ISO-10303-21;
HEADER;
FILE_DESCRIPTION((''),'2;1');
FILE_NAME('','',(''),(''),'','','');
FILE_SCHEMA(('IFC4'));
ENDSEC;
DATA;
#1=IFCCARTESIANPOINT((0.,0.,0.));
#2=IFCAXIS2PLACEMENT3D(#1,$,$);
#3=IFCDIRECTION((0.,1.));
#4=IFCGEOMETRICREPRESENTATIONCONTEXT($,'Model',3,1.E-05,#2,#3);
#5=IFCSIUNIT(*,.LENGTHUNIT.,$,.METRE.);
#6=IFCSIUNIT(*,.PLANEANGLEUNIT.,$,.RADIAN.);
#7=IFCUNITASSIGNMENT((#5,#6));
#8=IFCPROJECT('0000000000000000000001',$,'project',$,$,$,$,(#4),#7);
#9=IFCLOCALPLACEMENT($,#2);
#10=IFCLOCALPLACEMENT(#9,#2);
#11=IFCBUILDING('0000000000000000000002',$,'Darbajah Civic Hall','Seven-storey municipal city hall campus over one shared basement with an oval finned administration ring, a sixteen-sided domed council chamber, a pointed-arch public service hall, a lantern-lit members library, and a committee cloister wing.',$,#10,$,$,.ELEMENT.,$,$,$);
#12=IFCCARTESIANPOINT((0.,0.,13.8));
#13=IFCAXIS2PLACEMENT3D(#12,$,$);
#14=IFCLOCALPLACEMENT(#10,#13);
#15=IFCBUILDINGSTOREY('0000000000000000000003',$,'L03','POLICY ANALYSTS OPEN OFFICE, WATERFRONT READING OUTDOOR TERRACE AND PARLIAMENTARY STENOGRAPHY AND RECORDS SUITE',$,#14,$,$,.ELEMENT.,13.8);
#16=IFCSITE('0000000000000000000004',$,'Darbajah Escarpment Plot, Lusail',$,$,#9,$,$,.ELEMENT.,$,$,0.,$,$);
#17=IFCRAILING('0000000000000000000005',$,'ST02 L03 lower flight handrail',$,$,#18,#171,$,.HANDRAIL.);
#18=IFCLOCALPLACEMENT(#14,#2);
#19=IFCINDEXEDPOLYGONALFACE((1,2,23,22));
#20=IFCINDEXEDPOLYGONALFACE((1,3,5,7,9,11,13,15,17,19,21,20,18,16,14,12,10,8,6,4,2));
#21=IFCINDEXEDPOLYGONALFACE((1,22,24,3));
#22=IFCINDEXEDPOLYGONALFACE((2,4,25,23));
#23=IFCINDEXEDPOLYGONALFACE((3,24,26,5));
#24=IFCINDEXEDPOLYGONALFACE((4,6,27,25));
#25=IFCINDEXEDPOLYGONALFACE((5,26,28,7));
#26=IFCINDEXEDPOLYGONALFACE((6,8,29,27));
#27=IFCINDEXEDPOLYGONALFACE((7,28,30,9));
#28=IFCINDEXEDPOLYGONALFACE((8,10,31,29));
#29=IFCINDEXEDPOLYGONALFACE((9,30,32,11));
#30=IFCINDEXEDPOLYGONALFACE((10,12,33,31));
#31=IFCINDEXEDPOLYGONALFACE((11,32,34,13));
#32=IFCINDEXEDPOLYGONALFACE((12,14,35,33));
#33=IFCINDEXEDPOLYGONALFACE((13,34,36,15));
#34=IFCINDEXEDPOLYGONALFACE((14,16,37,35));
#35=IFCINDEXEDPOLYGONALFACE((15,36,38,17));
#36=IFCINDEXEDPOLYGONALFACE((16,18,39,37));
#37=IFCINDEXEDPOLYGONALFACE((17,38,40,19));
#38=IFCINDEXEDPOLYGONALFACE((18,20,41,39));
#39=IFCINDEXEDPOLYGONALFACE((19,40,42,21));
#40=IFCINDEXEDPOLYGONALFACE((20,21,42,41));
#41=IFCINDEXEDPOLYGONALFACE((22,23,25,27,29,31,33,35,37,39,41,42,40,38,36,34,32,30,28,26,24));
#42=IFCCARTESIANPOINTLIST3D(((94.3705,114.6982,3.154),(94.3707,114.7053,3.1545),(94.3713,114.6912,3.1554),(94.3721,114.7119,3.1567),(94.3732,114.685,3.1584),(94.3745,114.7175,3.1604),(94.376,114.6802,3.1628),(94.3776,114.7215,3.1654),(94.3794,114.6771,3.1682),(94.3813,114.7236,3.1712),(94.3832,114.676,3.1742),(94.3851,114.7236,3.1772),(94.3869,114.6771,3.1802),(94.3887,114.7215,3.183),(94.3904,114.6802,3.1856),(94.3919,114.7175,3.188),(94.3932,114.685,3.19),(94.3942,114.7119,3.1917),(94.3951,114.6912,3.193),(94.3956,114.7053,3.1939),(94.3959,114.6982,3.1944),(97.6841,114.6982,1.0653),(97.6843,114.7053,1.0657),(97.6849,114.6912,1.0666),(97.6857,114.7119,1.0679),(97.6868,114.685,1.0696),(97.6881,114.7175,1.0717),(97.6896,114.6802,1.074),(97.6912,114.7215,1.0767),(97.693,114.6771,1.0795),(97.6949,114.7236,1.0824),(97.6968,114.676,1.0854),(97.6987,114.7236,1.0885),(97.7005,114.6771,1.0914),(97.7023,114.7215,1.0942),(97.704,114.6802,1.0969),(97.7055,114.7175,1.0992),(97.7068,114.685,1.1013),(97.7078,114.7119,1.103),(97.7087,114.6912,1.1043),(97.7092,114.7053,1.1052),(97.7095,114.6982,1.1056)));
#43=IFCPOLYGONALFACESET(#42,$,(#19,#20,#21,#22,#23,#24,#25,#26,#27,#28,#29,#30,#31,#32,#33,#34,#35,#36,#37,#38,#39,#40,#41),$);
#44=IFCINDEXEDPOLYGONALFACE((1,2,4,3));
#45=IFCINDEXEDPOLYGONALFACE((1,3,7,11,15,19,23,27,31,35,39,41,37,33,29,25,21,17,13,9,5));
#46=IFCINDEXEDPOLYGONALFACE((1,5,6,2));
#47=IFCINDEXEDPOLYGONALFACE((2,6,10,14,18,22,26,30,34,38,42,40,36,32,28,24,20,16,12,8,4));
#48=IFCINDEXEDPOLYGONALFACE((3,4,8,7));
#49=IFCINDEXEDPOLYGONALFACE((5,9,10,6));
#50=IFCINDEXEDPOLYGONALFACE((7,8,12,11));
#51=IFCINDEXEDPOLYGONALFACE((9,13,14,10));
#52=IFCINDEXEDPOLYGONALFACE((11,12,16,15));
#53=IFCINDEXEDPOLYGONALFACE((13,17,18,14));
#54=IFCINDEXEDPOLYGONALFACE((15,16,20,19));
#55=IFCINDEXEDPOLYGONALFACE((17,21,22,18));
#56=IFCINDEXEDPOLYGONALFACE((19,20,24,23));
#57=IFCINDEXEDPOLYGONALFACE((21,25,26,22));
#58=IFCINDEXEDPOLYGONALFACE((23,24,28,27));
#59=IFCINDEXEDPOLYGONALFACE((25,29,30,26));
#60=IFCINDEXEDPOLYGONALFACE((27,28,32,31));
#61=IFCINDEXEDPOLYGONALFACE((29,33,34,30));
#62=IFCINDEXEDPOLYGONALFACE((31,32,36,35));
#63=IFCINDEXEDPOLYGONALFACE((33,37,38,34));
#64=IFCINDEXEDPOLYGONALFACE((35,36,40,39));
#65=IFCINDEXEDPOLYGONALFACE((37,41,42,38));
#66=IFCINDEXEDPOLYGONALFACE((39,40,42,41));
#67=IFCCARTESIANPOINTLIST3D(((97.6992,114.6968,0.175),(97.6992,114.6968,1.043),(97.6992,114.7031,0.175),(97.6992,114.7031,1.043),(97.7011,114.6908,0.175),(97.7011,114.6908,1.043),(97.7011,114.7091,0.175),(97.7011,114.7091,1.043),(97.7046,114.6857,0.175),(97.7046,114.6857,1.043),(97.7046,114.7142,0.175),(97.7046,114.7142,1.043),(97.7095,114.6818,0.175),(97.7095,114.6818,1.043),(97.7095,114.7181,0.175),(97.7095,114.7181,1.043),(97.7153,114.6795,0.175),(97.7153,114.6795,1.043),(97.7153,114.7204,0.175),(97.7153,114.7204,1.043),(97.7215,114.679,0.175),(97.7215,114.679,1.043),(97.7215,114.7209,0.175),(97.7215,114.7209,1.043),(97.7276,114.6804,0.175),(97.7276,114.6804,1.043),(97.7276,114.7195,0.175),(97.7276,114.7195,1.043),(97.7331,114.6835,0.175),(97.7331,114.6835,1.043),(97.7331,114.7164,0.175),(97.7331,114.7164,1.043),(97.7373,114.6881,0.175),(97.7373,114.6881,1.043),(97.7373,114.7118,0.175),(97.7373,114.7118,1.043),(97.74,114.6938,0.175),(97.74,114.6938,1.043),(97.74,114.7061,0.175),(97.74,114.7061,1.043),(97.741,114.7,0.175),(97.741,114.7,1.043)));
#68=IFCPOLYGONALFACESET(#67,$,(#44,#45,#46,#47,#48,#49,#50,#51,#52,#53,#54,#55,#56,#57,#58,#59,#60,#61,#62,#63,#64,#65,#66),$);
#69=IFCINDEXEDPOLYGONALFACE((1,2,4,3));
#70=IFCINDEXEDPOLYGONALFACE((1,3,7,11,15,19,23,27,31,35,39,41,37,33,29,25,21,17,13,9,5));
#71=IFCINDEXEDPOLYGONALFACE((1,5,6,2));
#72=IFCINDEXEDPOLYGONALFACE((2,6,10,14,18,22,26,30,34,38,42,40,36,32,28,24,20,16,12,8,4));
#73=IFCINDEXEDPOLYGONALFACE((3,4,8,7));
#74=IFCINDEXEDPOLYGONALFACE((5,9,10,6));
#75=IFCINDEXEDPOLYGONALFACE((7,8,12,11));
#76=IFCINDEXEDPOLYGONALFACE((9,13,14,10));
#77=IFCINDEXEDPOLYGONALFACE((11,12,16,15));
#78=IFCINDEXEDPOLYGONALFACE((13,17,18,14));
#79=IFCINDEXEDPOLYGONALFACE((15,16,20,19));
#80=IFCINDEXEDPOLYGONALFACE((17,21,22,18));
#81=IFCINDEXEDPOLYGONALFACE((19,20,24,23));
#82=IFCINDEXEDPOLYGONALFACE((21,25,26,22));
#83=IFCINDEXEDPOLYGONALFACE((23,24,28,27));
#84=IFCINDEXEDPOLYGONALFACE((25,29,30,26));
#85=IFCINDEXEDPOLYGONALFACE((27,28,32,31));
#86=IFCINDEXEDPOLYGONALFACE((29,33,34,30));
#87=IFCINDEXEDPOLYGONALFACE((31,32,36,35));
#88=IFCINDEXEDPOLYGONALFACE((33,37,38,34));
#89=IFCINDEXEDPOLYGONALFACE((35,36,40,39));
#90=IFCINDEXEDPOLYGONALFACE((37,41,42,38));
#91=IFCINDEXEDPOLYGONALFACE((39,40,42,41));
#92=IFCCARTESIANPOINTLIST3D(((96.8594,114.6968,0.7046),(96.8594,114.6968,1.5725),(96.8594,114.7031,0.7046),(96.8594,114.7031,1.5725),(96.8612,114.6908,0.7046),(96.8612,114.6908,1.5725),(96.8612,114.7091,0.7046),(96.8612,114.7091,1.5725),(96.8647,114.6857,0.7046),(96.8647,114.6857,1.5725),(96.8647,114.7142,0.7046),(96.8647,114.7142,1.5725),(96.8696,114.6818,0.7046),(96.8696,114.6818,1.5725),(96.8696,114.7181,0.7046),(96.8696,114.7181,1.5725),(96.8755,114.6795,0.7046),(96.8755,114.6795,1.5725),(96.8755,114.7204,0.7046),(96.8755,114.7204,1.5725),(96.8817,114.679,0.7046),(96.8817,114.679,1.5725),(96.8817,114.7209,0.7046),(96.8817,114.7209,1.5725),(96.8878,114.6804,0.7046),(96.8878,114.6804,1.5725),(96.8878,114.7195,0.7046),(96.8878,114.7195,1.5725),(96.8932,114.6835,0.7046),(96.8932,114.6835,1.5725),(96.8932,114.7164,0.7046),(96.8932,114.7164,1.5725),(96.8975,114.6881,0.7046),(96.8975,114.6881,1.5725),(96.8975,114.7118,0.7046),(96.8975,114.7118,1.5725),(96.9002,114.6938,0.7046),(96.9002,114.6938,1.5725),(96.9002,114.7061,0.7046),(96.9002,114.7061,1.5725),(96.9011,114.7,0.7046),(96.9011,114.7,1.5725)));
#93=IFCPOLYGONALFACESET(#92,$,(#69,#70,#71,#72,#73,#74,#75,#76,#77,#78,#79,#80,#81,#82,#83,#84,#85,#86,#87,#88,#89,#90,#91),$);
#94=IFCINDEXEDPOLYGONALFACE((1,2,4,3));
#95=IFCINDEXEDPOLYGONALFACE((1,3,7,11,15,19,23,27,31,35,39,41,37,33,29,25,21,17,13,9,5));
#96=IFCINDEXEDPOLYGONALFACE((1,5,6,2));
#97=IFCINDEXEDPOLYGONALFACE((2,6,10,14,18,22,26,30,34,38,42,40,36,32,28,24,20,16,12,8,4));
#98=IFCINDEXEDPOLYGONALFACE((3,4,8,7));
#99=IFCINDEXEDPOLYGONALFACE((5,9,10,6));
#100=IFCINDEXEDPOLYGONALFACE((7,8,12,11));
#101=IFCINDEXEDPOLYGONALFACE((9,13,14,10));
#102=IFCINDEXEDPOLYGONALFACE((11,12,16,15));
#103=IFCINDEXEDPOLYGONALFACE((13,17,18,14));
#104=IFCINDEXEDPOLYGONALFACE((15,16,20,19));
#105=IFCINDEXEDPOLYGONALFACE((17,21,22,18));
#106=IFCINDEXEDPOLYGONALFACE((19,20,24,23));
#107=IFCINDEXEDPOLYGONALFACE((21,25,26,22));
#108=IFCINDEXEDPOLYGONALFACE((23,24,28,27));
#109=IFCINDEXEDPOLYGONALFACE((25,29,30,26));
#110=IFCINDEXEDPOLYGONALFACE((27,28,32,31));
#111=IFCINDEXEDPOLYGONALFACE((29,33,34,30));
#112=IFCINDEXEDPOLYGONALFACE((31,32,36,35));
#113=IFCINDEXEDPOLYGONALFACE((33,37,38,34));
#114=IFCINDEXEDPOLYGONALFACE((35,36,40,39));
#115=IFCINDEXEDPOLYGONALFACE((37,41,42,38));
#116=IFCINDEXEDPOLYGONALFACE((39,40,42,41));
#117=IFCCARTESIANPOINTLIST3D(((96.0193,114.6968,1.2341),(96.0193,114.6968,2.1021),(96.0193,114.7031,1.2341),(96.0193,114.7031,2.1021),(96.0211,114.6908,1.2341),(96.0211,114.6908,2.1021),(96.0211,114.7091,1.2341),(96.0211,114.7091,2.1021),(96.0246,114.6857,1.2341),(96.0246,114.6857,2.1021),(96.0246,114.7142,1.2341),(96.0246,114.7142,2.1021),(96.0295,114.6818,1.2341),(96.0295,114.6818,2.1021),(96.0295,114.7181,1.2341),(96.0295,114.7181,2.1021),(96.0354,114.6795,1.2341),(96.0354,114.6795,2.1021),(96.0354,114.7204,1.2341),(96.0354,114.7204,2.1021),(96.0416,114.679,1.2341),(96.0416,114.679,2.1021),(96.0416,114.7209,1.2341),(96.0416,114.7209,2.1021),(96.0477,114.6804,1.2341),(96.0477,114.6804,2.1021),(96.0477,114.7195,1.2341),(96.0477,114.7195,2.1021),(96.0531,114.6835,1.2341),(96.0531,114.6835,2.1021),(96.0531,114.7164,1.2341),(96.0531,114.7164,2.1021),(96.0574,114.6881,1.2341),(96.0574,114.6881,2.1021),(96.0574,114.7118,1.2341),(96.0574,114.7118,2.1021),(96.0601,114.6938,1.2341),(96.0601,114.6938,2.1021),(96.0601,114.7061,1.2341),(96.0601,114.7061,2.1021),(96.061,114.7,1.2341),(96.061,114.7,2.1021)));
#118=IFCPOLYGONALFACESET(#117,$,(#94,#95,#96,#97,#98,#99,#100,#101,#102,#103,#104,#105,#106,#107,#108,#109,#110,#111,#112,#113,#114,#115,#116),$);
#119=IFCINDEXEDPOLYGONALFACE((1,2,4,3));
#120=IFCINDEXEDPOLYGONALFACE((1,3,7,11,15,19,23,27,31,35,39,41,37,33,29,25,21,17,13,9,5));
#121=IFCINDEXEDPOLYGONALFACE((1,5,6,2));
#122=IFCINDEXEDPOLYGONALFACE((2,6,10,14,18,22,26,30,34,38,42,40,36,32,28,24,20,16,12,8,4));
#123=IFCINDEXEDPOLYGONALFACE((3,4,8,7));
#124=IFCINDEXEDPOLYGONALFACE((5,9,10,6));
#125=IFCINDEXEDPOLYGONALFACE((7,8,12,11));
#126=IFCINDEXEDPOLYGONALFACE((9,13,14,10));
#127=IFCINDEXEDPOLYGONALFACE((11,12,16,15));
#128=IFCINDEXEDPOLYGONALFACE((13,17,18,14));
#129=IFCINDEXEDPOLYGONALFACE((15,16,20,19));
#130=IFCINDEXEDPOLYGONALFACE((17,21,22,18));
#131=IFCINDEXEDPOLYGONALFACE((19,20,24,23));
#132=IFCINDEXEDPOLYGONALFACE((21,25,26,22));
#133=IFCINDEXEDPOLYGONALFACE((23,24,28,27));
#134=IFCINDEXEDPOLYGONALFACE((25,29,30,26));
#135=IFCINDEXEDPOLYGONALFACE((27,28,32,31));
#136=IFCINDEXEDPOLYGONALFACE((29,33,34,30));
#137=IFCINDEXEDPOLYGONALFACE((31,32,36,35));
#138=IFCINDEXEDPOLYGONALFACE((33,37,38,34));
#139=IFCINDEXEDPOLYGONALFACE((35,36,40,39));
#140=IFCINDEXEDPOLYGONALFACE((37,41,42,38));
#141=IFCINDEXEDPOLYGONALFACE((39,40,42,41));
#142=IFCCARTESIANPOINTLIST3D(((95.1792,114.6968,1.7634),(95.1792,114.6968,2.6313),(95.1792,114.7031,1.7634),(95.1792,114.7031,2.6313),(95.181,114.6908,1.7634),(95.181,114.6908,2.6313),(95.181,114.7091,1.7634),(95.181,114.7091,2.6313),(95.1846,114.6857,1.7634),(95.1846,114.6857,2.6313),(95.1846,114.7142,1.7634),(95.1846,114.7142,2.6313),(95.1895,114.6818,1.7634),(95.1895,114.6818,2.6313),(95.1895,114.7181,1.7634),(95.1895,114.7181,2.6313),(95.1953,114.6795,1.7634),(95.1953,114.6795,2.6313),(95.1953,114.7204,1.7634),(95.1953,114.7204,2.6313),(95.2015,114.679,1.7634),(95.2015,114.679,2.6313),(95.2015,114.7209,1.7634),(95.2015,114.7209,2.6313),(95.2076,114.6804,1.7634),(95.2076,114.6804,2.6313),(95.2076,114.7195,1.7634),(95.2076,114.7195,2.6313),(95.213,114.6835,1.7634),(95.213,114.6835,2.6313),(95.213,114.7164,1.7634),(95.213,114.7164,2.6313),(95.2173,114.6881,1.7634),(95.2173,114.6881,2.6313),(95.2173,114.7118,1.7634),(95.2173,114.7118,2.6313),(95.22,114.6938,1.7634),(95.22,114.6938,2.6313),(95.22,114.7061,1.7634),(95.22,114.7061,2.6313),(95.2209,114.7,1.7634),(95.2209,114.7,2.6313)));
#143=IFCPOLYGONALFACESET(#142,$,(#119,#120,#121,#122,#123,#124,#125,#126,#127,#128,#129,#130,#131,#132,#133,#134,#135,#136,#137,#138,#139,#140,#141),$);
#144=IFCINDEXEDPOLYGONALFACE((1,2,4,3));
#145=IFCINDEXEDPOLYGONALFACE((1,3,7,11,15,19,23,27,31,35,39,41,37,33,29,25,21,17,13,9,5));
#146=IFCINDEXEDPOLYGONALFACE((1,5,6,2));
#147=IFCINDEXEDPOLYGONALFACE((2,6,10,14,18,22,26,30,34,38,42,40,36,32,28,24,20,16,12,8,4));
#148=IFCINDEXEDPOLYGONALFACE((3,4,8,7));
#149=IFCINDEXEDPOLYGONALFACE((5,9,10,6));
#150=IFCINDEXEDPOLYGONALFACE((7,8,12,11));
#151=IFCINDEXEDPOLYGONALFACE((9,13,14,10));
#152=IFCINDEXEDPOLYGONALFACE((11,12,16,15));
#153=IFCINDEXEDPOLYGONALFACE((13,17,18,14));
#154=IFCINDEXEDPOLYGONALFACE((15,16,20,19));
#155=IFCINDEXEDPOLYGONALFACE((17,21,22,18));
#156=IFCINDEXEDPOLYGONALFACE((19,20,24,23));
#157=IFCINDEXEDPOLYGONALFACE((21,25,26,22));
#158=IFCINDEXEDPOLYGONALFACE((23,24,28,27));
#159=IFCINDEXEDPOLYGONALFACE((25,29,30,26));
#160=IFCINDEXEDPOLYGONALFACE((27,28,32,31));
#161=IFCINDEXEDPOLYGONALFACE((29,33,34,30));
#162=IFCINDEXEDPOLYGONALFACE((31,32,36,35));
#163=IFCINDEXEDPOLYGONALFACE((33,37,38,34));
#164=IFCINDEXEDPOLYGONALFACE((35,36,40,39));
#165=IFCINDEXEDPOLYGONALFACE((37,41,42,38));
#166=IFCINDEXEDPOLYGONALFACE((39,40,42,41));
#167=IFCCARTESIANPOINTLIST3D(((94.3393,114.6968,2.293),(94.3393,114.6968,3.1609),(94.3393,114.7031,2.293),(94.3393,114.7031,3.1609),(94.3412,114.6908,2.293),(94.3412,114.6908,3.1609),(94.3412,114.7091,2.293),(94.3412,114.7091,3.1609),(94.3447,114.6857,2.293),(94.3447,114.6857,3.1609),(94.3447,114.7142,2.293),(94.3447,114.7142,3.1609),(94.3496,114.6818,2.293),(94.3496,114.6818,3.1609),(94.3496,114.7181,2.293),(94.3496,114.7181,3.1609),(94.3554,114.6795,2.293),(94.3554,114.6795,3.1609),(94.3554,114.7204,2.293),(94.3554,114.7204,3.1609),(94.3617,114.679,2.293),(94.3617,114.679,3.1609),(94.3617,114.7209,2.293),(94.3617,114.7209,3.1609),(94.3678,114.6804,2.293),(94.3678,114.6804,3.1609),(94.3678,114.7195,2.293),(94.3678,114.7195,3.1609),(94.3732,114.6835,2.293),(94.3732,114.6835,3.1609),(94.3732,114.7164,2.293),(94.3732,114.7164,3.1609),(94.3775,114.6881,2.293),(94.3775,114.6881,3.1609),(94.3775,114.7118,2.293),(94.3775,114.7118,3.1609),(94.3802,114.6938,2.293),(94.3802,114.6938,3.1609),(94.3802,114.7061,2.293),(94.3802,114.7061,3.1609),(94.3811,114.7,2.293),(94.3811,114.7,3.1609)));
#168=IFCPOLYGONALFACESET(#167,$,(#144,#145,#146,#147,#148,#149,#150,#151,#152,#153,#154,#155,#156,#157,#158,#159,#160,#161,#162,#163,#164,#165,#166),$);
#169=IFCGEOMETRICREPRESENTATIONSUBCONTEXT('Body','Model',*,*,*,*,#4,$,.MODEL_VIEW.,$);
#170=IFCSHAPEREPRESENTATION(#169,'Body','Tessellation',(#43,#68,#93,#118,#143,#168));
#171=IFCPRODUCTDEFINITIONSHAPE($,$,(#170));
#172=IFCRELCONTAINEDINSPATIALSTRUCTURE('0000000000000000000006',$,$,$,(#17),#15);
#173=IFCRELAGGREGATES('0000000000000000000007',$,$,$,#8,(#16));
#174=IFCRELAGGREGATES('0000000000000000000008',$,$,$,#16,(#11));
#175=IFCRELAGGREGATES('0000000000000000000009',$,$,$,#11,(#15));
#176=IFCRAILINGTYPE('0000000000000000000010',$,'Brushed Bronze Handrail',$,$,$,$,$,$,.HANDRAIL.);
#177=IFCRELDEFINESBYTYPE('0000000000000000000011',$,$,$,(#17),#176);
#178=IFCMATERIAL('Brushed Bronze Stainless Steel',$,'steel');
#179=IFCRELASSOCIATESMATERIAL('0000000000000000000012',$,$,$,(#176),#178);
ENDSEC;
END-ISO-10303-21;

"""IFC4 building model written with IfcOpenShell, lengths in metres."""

from ifc_helpers import new_model, si_unit, direction, frame, origin, origin_2d, place, context, subcontext, project, spatial, circle, extrude, material, type_object, element, save


model = new_model("IFC4")

# Units and contexts
model_context = context("Model", 3, precision=1e-05, world=origin(), true_north=direction((0.0, 1.0)))
body_context = subcontext(model_context, "Body", "Model", "MODEL_VIEW")
ifc_project = project(units=[si_unit("LENGTHUNIT", "METRE"), si_unit("PLANEANGLEUNIT", "RADIAN")], contexts=[model_context])

# Site, building, storey
site_placement = place(None, origin())
site = spatial("IfcSite", under=ifc_project, at=site_placement, Name="Darbajah Escarpment Plot, Lusail", CompositionType="ELEMENT", RefElevation=0.0)
building_placement = place(site_placement, origin())
building = spatial("IfcBuilding", under=site, at=building_placement, Name="Darbajah Civic Hall", Description="Seven-storey municipal city hall campus over one shared basement with an oval finned administration ring, a sixteen-sided domed council chamber, a pointed-arch public service hall, a lantern-lit members library, and a committee cloister wing.", CompositionType="ELEMENT")
storey_placement = place(building_placement, frame((0.0, 0.0, 13.8)))
storey = spatial("IfcBuildingStorey", under=building, at=storey_placement, Name="L03", Description="POLICY ANALYSTS OPEN OFFICE, WATERFRONT READING OUTDOOR TERRACE AND PARLIAMENTARY STENOGRAPHY AND RECORDS SUITE", CompositionType="ELEMENT", Elevation=13.8)

# Railing
ifc_material_1 = material(Name="Brushed Bronze Stainless Steel", Category="steel")
railing_type_1 = type_object("IfcRailingType", Name="Brushed Bronze Handrail", PredefinedType="HANDRAIL", material=ifc_material_1)
railing_1_placement = place(storey_placement, frame((97.72, 114.7, 0.175)))
element("IfcRailing", 1, at=railing_1_placement, inside=storey, type_object=railing_type_1, Name="ST02 L03 lower flight handrail", PredefinedType="HANDRAIL", context=body_context, shape_type="SweptSolid", body=[
    extrude(circle(Radius=0.0239, at=origin_2d()), frame((-0.0232, 0.0, 0.9104), z_axis=(-0.845955, 0.0, 0.533255), x_axis=(0.0, -1.0, 0.0)), (0.0, 0.0, 1.0), 3.917),
    extrude(circle(Radius=0.021, at=origin_2d()), origin(), (0.0, 0.0, 1.0), 0.8679),
    extrude(circle(Radius=0.021, at=origin_2d()), frame((-0.8398, 0.0, 0.5295)), (0.0, 0.0, 1.0), 0.8679),
    extrude(circle(Radius=0.021, at=origin_2d()), frame((-1.6799, 0.0, 1.0591)), (0.0, 0.0, 1.0), 0.8679),
    extrude(circle(Radius=0.021, at=origin_2d()), frame((-2.52, 0.0, 1.5884)), (0.0, 0.0, 1.0), 0.8679),
    extrude(circle(Radius=0.021, at=origin_2d()), frame((-3.3599, 0.0, 2.1179)), (0.0, 0.0, 1.0), 0.8679),
])

save(model, "model.ifc")
